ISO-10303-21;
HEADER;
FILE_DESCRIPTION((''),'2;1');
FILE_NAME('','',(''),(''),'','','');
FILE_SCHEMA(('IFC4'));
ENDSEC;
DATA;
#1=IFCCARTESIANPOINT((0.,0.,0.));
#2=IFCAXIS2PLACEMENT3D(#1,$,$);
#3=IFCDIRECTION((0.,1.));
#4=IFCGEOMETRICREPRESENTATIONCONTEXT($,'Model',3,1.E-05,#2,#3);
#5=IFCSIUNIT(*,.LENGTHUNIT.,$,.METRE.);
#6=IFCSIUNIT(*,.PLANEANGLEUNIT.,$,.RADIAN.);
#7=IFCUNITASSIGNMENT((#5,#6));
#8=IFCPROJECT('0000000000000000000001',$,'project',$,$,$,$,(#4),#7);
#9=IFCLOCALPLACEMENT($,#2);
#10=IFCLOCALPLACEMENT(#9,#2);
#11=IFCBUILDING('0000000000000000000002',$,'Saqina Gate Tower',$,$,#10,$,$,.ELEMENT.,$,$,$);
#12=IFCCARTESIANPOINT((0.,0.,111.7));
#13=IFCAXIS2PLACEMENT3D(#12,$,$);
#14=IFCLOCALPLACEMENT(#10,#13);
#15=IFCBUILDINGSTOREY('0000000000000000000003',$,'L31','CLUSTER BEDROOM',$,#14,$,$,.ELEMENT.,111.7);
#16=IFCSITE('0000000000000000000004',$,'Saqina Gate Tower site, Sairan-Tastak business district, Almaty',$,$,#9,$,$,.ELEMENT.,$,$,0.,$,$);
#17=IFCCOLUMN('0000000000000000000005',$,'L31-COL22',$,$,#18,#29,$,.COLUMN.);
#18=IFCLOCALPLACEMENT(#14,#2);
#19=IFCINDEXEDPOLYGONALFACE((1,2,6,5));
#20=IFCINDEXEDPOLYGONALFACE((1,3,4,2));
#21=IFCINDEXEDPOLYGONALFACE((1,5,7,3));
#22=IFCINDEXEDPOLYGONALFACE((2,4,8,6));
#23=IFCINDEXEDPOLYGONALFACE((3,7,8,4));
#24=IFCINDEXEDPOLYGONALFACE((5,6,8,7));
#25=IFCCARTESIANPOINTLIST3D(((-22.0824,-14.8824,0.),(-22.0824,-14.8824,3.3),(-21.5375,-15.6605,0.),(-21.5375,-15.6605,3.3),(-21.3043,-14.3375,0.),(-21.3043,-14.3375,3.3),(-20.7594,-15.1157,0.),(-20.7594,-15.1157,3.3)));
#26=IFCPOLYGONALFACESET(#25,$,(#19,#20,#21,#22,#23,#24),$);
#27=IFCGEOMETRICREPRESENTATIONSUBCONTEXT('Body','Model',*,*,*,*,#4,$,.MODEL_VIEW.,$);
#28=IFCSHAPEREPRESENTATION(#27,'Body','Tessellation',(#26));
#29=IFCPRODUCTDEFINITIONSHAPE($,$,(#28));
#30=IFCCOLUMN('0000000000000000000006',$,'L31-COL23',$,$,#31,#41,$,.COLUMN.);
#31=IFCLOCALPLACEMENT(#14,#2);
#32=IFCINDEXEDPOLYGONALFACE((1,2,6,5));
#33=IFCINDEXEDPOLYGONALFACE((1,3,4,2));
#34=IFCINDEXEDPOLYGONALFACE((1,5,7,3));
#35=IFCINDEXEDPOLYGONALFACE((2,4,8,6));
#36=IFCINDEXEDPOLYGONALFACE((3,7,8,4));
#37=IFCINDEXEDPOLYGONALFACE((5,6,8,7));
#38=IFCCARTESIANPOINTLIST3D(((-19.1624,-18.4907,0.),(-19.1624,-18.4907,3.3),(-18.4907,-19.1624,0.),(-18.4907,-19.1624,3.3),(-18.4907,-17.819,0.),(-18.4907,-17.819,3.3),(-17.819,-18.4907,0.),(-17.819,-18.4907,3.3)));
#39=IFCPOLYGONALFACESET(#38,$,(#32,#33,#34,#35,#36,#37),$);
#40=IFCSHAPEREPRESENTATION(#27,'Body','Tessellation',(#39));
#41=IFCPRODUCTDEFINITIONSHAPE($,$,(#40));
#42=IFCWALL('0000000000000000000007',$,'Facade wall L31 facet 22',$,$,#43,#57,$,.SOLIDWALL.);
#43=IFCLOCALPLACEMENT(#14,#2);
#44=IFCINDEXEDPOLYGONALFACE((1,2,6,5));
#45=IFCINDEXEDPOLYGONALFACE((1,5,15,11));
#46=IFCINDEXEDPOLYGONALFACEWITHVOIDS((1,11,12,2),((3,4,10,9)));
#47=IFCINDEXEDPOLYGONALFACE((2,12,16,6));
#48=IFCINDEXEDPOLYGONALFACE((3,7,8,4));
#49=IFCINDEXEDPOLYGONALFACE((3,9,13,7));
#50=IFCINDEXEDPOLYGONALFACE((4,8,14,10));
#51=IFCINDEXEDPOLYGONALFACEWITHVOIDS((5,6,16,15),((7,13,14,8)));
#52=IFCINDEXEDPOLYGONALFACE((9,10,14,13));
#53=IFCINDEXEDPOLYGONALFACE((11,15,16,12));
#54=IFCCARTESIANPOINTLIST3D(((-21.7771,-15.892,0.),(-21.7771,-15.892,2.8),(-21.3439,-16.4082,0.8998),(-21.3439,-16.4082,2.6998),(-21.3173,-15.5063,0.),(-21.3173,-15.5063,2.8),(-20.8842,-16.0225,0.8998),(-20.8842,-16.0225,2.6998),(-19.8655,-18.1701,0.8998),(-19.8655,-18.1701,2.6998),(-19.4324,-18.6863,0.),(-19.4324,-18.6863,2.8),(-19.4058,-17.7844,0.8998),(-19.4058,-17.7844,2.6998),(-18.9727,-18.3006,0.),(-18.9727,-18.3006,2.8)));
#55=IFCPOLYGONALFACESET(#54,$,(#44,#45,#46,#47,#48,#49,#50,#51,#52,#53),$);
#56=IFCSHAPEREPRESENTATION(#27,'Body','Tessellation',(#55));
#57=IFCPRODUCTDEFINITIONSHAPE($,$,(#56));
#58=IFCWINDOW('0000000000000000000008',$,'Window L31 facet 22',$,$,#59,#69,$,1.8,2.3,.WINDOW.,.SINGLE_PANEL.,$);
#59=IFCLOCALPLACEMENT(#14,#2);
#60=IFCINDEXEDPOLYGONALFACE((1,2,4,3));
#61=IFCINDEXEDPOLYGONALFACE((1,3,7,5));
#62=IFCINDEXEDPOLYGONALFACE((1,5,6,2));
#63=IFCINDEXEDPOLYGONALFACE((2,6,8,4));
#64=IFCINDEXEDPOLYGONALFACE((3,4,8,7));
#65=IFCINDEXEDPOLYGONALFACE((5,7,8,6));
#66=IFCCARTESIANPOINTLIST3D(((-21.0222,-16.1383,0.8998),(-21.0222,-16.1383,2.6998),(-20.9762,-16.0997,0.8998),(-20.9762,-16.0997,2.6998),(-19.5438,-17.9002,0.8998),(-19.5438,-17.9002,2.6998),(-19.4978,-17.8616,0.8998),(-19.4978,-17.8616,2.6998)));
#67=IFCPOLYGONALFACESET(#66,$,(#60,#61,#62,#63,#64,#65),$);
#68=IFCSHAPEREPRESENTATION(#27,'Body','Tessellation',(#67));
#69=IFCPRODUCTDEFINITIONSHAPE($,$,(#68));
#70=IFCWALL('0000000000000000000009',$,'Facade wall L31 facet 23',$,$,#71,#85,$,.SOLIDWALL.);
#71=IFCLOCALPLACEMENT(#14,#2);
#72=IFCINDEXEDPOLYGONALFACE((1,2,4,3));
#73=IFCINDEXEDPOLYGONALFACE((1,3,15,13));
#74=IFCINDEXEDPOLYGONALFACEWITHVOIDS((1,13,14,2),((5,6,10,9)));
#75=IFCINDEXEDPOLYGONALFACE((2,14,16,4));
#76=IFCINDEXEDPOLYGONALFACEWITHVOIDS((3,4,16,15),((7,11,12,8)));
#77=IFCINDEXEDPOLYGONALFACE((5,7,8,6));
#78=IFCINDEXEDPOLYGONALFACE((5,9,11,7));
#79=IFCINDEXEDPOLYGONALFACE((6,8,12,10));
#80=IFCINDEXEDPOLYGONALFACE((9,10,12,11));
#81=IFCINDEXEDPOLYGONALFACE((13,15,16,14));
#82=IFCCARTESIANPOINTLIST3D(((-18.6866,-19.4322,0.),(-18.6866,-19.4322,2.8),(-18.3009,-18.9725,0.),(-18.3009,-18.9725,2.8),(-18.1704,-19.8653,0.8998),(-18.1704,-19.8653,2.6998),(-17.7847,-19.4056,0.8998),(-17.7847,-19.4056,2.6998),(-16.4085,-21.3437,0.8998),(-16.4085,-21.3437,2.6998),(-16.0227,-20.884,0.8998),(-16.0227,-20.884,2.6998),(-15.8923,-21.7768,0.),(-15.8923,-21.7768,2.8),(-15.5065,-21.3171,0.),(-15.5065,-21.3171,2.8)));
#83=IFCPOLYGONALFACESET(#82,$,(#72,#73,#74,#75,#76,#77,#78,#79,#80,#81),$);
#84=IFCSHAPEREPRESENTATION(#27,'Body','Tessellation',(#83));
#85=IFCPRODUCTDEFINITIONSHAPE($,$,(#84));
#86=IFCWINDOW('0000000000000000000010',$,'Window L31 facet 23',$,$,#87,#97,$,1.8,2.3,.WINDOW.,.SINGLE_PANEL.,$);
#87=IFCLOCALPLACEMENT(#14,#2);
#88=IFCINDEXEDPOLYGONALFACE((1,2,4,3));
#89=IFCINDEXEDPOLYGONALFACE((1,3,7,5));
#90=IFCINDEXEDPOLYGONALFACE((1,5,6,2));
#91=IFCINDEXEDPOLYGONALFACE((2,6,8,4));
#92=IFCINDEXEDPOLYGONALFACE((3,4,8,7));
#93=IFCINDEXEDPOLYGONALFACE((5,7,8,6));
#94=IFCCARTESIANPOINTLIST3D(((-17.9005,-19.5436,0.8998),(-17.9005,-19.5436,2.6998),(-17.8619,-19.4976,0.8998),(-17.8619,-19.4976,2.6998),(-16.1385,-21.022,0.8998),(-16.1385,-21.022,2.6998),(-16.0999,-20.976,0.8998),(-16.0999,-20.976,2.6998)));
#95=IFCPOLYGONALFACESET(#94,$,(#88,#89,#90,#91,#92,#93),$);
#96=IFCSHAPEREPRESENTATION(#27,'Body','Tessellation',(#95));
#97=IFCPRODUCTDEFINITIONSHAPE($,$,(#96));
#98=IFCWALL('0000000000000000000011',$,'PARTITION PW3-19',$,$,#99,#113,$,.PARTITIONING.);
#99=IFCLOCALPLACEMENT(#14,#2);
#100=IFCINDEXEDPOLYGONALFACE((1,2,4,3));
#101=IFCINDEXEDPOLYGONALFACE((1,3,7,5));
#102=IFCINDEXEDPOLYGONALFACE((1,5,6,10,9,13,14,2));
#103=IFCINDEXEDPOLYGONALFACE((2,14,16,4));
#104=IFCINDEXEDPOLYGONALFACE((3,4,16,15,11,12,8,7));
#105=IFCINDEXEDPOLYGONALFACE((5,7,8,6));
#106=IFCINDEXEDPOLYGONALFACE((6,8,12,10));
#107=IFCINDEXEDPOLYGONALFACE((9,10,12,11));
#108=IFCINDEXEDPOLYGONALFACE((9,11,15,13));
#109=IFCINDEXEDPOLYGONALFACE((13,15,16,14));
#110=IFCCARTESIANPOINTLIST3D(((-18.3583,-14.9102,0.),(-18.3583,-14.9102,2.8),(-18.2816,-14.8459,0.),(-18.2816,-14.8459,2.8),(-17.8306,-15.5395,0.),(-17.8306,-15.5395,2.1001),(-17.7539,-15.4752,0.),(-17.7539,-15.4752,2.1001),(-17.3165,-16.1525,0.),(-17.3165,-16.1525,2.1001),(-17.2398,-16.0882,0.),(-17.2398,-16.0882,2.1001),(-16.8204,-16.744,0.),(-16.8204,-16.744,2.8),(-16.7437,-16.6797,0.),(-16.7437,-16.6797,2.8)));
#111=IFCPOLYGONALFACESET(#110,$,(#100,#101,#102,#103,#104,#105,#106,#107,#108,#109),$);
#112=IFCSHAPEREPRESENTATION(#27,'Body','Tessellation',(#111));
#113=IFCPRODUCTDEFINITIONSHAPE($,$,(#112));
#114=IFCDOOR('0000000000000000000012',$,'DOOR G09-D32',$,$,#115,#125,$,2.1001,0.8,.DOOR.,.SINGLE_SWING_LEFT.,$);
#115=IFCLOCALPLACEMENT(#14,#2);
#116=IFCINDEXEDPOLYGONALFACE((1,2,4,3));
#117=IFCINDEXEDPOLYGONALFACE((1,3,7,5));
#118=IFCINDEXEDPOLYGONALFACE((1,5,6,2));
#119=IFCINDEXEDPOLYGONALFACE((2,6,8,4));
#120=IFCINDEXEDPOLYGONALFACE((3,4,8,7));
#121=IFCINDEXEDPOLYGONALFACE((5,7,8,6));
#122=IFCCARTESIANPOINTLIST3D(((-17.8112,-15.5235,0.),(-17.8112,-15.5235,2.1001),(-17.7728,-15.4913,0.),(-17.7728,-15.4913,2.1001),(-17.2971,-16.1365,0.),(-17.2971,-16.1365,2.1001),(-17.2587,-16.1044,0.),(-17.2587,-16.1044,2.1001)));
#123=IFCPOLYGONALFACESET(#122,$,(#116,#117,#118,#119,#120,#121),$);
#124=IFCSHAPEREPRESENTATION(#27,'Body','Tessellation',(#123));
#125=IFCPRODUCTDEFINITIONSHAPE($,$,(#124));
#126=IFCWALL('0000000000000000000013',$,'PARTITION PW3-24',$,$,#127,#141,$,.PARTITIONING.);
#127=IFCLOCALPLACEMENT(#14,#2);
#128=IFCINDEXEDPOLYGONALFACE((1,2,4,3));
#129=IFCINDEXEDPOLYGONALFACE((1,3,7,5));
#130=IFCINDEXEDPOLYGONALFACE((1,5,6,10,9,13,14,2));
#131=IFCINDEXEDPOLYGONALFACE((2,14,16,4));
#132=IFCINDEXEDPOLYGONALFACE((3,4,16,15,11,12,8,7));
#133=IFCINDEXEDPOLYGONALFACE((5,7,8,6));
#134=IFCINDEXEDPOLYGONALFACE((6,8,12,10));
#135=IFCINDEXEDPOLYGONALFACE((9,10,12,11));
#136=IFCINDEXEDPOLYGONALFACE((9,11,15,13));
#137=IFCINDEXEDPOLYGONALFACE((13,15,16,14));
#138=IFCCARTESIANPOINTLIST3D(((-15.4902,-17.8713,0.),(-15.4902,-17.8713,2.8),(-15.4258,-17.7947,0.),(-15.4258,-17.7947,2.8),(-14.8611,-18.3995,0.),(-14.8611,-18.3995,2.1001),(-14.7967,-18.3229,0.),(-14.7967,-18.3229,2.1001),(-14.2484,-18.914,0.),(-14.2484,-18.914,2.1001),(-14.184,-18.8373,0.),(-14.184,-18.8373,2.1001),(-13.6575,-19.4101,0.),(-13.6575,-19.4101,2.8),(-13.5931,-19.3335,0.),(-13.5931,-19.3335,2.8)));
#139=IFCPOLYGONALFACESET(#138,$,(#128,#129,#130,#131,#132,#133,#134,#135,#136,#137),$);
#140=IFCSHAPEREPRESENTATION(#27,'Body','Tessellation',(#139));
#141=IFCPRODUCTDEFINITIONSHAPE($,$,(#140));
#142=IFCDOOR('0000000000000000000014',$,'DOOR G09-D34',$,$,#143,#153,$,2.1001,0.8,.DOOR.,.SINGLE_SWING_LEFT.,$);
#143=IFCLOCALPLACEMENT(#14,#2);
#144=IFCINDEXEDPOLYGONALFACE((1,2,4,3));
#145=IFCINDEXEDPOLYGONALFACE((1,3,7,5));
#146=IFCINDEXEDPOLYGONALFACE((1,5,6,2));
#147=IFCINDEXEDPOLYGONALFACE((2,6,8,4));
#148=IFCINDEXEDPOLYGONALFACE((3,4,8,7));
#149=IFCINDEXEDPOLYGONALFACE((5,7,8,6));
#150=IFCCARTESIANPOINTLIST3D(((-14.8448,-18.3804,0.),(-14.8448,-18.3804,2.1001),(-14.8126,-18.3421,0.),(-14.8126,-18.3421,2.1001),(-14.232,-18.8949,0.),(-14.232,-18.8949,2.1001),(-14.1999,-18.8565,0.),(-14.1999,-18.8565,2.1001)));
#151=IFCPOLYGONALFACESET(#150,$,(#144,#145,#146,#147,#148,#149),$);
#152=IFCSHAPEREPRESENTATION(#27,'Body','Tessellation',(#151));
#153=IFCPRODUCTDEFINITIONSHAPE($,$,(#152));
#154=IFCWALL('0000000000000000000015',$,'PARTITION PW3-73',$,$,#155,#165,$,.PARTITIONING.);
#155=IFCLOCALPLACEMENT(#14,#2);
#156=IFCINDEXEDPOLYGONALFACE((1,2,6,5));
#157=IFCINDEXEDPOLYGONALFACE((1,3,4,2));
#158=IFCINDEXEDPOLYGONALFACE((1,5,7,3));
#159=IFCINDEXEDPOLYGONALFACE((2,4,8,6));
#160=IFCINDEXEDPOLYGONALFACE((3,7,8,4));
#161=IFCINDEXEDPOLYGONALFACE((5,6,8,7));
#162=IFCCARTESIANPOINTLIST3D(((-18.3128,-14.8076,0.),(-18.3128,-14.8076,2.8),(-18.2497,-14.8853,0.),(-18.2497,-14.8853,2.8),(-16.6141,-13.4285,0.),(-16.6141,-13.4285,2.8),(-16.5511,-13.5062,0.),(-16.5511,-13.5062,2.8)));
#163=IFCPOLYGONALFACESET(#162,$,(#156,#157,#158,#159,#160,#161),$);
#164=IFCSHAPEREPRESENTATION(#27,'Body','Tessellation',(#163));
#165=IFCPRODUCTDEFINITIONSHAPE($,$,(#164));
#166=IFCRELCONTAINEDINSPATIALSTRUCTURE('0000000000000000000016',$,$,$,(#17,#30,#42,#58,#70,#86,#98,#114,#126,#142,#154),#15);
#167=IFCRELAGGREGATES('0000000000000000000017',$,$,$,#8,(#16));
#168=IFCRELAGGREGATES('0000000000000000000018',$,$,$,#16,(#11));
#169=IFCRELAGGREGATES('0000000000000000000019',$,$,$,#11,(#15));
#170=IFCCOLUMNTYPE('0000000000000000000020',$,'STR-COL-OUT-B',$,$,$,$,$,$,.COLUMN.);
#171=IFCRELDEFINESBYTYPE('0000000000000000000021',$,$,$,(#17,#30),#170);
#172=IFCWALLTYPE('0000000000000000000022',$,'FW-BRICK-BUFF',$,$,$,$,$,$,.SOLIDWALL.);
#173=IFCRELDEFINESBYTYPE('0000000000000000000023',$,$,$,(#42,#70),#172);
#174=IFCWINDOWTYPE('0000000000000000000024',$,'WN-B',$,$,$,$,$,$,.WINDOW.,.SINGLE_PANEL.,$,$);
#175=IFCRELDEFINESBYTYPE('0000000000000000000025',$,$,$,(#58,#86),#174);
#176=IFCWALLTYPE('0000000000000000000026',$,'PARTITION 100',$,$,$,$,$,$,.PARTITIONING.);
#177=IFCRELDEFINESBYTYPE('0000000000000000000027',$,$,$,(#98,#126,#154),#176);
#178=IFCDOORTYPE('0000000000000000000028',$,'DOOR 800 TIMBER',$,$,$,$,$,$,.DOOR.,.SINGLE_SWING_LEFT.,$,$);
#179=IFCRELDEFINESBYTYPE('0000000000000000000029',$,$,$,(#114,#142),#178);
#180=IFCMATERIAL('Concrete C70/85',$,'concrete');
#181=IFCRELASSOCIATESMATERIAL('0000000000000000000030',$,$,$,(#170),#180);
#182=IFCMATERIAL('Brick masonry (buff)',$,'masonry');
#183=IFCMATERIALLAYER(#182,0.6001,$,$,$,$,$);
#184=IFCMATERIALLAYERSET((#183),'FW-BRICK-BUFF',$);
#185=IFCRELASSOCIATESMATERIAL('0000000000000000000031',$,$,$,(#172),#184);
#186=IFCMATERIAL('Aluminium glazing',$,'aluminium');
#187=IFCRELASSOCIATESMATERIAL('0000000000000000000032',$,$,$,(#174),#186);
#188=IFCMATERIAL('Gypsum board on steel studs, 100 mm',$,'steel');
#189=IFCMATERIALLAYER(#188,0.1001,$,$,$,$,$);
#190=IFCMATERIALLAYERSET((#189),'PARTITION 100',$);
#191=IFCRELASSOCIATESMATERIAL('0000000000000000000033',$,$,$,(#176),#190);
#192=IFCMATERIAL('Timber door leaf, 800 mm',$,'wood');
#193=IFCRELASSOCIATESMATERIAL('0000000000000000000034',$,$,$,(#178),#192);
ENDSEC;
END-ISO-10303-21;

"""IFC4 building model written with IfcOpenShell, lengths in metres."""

from ifc_helpers import new_model, si_unit, direction, frame, frame_2d, origin, origin_2d, place, context, subcontext, project, spatial, rectangle, extrude, material, layer, layer_set, material_profile, profile_set, type_object, element, fill, save


model = new_model("IFC4")

# Units and contexts
model_context = context("Model", 3, precision=1e-05, world=origin(), true_north=direction((0.0, 1.0)))
body_context = subcontext(model_context, "Body", "Model", "MODEL_VIEW")
ifc_project = project(units=[si_unit("LENGTHUNIT", "METRE"), si_unit("PLANEANGLEUNIT", "RADIAN")], contexts=[model_context])

# Site, building, storey
site_placement = place(None, origin())
site = spatial("IfcSite", under=ifc_project, at=site_placement, Name="Saqina Gate Tower site, Sairan-Tastak business district, Almaty", CompositionType="ELEMENT", RefElevation=0.0)
building_placement = place(site_placement, origin())
building = spatial("IfcBuilding", under=site, at=building_placement, Name="Saqina Gate Tower", CompositionType="ELEMENT")
storey_placement = place(building_placement, frame((0.0, 0.0, 111.7)))
storey = spatial("IfcBuildingStorey", under=building, at=storey_placement, Name="L31", Description="CLUSTER BEDROOM", CompositionType="ELEMENT", Elevation=111.7)

# Columns
ifc_material_1 = material(Name="Concrete C70/85", Category="concrete")
ifc_material_profile = material_profile(ifc_material_1, rectangle(XDim=0.95, YDim=0.95, at=origin_2d()), Name="RC 950x950")
ifc_profile_set = profile_set([ifc_material_profile], Name="Concrete C70/85")
column_type = type_object("IfcColumnType", Name="STR-COL-OUT-B", PredefinedType="COLUMN", material=ifc_profile_set)
for number, where, z_axis, x_axis, name in (
    (1, (-21.4209, -14.999, 0.0), (0.0, 0.0, 1.0), (-0.819152, -0.573576, 0.0), "L31-COL22"),
    (2, (-18.4907, -18.4907, 0.0), (0.0, 0.0, 1.0), (-0.707107, -0.707107, 0.0), "L31-COL23"),
):
    element("IfcColumn", number, at=place(storey_placement, frame(where, z_axis=z_axis, x_axis=x_axis)), inside=storey, type_object=column_type, Name=name, PredefinedType="COLUMN", context=body_context, shape_type="SweptSolid", body=[
        extrude(rectangle(XDim=0.95, YDim=0.95, at=origin_2d()), origin(), (0.0, 0.0, 1.0), 3.3),
    ])

# Walls, openings, windows
ifc_material_2 = material(Name="Brick masonry (buff)", Category="masonry")
ifc_layer_1 = layer(ifc_material_2, 0.6001)
ifc_layer_set_1 = layer_set([ifc_layer_1], Name="FW-BRICK-BUFF")
wall_type_1 = type_object("IfcWallType", Name="FW-BRICK-BUFF", PredefinedType="SOLIDWALL", material=ifc_layer_set_1)
wall_1_placement = place(storey_placement, frame((-21.5471, -15.6992, 0.0), z_axis=(0.0, 0.0, 1.0), x_axis=(0.642774, -0.766055, 0.0)))
wall_1 = element("IfcWall", 3, at=wall_1_placement, inside=storey, type_object=wall_type_1, Name="Facade wall L31 facet 22", PredefinedType="SOLIDWALL", context=body_context, shape_type="SweptSolid", body=[
    extrude(rectangle(XDim=3.6477, YDim=0.6001, at=frame_2d((1.8237, 0.0))), origin(), (0.0, 0.0, 1.0), 2.8),
])
opening_1_placement = place(wall_1_placement, frame((0.6738, 0.0, 0.8999)))
opening_1 = element("IfcOpeningElement", 4, at=opening_1_placement, cuts=wall_1, PredefinedType="OPENING", context=body_context, shape_type="SweptSolid", body=[
    extrude(rectangle(XDim=2.3, YDim=1.8, at=frame_2d((1.1499, 0.8999))), frame((0.0, 0.312, 0.0), z_axis=(0.0, -1.0, 0.0), x_axis=(1.0, 0.0, 0.0)), (0.0, 0.0, 1.0), 0.624),
])
ifc_material_3 = material(Name="Aluminium glazing", Category="aluminium")
window_type = type_object("IfcWindowType", Name="WN-B", PartitioningType="SINGLE_PANEL", PredefinedType="WINDOW", material=ifc_material_3)
window_1_placement = place(opening_1_placement, origin())
window_1 = element("IfcWindow", 5, at=window_1_placement, inside=storey, type_object=window_type, Name="Window L31 facet 22", OverallHeight=1.8, OverallWidth=2.3, PartitioningType="SINGLE_PANEL", PredefinedType="WINDOW", context=body_context, shape_type="SweptSolid", body=[
    extrude(rectangle(XDim=2.3, YDim=1.8, at=frame_2d((1.1499, 0.8999))), frame((0.0, 0.1799, 0.0), z_axis=(0.0, -1.0, 0.0), x_axis=(1.0, 0.0, 0.0)), (0.0, 0.0, 1.0), 0.0601),
])
fill(opening_1, window_1)
wall_2_placement = place(storey_placement, frame((-18.4937, -19.2024, 0.0), z_axis=(0.0, 0.0, 1.0), x_axis=(0.766055, -0.642774, 0.0)))
wall_2 = element("IfcWall", 6, at=wall_2_placement, inside=storey, type_object=wall_type_1, Name="Facade wall L31 facet 23", PredefinedType="SOLIDWALL", context=body_context, shape_type="SweptSolid", body=[
    extrude(rectangle(XDim=3.6477, YDim=0.6001, at=frame_2d((1.8237, 0.0))), origin(), (0.0, 0.0, 1.0), 2.8),
])
opening_2_placement = place(wall_2_placement, frame((0.6738, 0.0, 0.8999)))
opening_2 = element("IfcOpeningElement", 7, at=opening_2_placement, cuts=wall_2, PredefinedType="OPENING", context=body_context, shape_type="SweptSolid", body=[
    extrude(rectangle(XDim=2.3, YDim=1.8, at=frame_2d((1.1499, 0.8999))), frame((0.0, 0.312, 0.0), z_axis=(0.0, -1.0, 0.0), x_axis=(1.0, 0.0, 0.0)), (0.0, 0.0, 1.0), 0.624),
])
window_2_placement = place(opening_2_placement, origin())
window_2 = element("IfcWindow", 8, at=window_2_placement, inside=storey, type_object=window_type, Name="Window L31 facet 23", OverallHeight=1.8, OverallWidth=2.3, PartitioningType="SINGLE_PANEL", PredefinedType="WINDOW", context=body_context, shape_type="SweptSolid", body=[
    extrude(rectangle(XDim=2.3, YDim=1.8, at=frame_2d((1.1499, 0.8999))), frame((0.0, 0.1799, 0.0), z_axis=(0.0, -1.0, 0.0), x_axis=(1.0, 0.0, 0.0)), (0.0, 0.0, 1.0), 0.0601),
])
fill(opening_2, window_2)

# Walls, openings, doors
ifc_material_4 = material(Name="Gypsum board on steel studs, 100 mm", Category="steel")
ifc_layer_2 = layer(ifc_material_4, 0.1001)
ifc_layer_set_2 = layer_set([ifc_layer_2], Name="PARTITION 100")
wall_type_2 = type_object("IfcWallType", Name="PARTITION 100", PredefinedType="PARTITIONING", material=ifc_layer_set_2)
wall_3_placement = place(storey_placement, frame((-18.3201, -14.8779, 0.0), z_axis=(0.0, 0.0, 1.0), x_axis=(0.642579, -0.766219, 0.0)))
wall_3 = element("IfcWall", 9, at=wall_3_placement, inside=storey, type_object=wall_type_2, Name="PARTITION PW3-19", PredefinedType="PARTITIONING", context=body_context, shape_type="SweptSolid", body=[
    extrude(rectangle(XDim=2.3933, YDim=0.1001, at=frame_2d((1.1968, 0.0))), origin(), (0.0, 0.0, 1.0), 2.8),
])
opening_3_placement = place(wall_3_placement, frame((0.8215, 0.0, 0.0)))
opening_3 = element("IfcOpeningElement", 10, at=opening_3_placement, cuts=wall_3, PredefinedType="OPENING", context=body_context, shape_type="SweptSolid", body=[
    extrude(rectangle(XDim=0.8, YDim=2.1001, at=frame_2d((0.3999, 1.05))), frame((0.0, 0.062, 0.0), z_axis=(0.0, -1.0, 0.0), x_axis=(1.0, 0.0, 0.0)), (0.0, 0.0, 1.0), 0.124),
])
ifc_material_5 = material(Name="Timber door leaf, 800 mm", Category="wood")
door_type_1 = type_object("IfcDoorType", Name="DOOR 800 TIMBER", OperationType="SINGLE_SWING_LEFT", PredefinedType="DOOR", material=ifc_material_5)
door_1_placement = place(opening_3_placement, frame((0.8, 0.0, 0.0), z_axis=(0.0, 0.0, 1.0), x_axis=(-1.0, 0.0, 0.0)))
door_1 = element("IfcDoor", 11, at=door_1_placement, inside=storey, type_object=door_type_1, Name="DOOR G09-D32", OperationType="SINGLE_SWING_LEFT", OverallHeight=2.1001, OverallWidth=0.8, PredefinedType="DOOR", context=body_context, shape_type="SweptSolid", body=[
    extrude(rectangle(XDim=0.8, YDim=2.1001, at=frame_2d((0.3999, 1.05))), frame((0.0, 0.0249, 0.0), z_axis=(0.0, -1.0, 0.0), x_axis=(1.0, 0.0, 0.0)), (0.0, 0.0, 1.0), 0.05),
])
fill(opening_3, door_1)
wall_4_placement = place(storey_placement, frame((-15.458, -17.833, 0.0), z_axis=(0.0, 0.0, 1.0), x_axis=(0.76585, -0.64302, 0.0)))
wall_4 = element("IfcWall", 12, at=wall_4_placement, inside=storey, type_object=wall_type_2, Name="PARTITION PW3-24", PredefinedType="PARTITIONING", context=body_context, shape_type="SweptSolid", body=[
    extrude(rectangle(XDim=2.3931, YDim=0.1001, at=frame_2d((1.1965, 0.0))), origin(), (0.0, 0.0, 1.0), 2.8),
])
opening_4_placement = place(wall_4_placement, frame((0.8215, 0.0, 0.0)))
opening_4 = element("IfcOpeningElement", 13, at=opening_4_placement, cuts=wall_4, PredefinedType="OPENING", context=body_context, shape_type="SweptSolid", body=[
    extrude(rectangle(XDim=0.8, YDim=2.1001, at=frame_2d((0.3999, 1.05))), frame((0.0, 0.062, 0.0), z_axis=(0.0, -1.0, 0.0), x_axis=(1.0, 0.0, 0.0)), (0.0, 0.0, 1.0), 0.124),
])
door_2_placement = place(opening_4_placement, frame((0.8, 0.0, 0.0), z_axis=(0.0, 0.0, 1.0), x_axis=(-1.0, 0.0, 0.0)))
door_2 = element("IfcDoor", 14, at=door_2_placement, inside=storey, type_object=door_type_1, Name="DOOR G09-D34", OperationType="SINGLE_SWING_LEFT", OverallHeight=2.1001, OverallWidth=0.8, PredefinedType="DOOR", context=body_context, shape_type="SweptSolid", body=[
    extrude(rectangle(XDim=0.8, YDim=2.1001, at=frame_2d((0.3999, 1.05))), frame((0.0, 0.0249, 0.0), z_axis=(0.0, -1.0, 0.0), x_axis=(1.0, 0.0, 0.0)), (0.0, 0.0, 1.0), 0.05),
])
fill(opening_4, door_2)

# Wall
wall_5_placement = place(storey_placement, frame((-18.2812, -14.8464, 0.0), z_axis=(0.0, 0.0, 1.0), x_axis=(0.776353, 0.630299, 0.0)))
element("IfcWall", 15, at=wall_5_placement, inside=storey, type_object=wall_type_2, Name="PARTITION PW3-73", PredefinedType="PARTITIONING", context=body_context, shape_type="SweptSolid", body=[
    extrude(rectangle(XDim=2.188, YDim=0.1001, at=frame_2d((1.094, 0.0))), origin(), (0.0, 0.0, 1.0), 2.8),
])

save(model, "model.ifc")
